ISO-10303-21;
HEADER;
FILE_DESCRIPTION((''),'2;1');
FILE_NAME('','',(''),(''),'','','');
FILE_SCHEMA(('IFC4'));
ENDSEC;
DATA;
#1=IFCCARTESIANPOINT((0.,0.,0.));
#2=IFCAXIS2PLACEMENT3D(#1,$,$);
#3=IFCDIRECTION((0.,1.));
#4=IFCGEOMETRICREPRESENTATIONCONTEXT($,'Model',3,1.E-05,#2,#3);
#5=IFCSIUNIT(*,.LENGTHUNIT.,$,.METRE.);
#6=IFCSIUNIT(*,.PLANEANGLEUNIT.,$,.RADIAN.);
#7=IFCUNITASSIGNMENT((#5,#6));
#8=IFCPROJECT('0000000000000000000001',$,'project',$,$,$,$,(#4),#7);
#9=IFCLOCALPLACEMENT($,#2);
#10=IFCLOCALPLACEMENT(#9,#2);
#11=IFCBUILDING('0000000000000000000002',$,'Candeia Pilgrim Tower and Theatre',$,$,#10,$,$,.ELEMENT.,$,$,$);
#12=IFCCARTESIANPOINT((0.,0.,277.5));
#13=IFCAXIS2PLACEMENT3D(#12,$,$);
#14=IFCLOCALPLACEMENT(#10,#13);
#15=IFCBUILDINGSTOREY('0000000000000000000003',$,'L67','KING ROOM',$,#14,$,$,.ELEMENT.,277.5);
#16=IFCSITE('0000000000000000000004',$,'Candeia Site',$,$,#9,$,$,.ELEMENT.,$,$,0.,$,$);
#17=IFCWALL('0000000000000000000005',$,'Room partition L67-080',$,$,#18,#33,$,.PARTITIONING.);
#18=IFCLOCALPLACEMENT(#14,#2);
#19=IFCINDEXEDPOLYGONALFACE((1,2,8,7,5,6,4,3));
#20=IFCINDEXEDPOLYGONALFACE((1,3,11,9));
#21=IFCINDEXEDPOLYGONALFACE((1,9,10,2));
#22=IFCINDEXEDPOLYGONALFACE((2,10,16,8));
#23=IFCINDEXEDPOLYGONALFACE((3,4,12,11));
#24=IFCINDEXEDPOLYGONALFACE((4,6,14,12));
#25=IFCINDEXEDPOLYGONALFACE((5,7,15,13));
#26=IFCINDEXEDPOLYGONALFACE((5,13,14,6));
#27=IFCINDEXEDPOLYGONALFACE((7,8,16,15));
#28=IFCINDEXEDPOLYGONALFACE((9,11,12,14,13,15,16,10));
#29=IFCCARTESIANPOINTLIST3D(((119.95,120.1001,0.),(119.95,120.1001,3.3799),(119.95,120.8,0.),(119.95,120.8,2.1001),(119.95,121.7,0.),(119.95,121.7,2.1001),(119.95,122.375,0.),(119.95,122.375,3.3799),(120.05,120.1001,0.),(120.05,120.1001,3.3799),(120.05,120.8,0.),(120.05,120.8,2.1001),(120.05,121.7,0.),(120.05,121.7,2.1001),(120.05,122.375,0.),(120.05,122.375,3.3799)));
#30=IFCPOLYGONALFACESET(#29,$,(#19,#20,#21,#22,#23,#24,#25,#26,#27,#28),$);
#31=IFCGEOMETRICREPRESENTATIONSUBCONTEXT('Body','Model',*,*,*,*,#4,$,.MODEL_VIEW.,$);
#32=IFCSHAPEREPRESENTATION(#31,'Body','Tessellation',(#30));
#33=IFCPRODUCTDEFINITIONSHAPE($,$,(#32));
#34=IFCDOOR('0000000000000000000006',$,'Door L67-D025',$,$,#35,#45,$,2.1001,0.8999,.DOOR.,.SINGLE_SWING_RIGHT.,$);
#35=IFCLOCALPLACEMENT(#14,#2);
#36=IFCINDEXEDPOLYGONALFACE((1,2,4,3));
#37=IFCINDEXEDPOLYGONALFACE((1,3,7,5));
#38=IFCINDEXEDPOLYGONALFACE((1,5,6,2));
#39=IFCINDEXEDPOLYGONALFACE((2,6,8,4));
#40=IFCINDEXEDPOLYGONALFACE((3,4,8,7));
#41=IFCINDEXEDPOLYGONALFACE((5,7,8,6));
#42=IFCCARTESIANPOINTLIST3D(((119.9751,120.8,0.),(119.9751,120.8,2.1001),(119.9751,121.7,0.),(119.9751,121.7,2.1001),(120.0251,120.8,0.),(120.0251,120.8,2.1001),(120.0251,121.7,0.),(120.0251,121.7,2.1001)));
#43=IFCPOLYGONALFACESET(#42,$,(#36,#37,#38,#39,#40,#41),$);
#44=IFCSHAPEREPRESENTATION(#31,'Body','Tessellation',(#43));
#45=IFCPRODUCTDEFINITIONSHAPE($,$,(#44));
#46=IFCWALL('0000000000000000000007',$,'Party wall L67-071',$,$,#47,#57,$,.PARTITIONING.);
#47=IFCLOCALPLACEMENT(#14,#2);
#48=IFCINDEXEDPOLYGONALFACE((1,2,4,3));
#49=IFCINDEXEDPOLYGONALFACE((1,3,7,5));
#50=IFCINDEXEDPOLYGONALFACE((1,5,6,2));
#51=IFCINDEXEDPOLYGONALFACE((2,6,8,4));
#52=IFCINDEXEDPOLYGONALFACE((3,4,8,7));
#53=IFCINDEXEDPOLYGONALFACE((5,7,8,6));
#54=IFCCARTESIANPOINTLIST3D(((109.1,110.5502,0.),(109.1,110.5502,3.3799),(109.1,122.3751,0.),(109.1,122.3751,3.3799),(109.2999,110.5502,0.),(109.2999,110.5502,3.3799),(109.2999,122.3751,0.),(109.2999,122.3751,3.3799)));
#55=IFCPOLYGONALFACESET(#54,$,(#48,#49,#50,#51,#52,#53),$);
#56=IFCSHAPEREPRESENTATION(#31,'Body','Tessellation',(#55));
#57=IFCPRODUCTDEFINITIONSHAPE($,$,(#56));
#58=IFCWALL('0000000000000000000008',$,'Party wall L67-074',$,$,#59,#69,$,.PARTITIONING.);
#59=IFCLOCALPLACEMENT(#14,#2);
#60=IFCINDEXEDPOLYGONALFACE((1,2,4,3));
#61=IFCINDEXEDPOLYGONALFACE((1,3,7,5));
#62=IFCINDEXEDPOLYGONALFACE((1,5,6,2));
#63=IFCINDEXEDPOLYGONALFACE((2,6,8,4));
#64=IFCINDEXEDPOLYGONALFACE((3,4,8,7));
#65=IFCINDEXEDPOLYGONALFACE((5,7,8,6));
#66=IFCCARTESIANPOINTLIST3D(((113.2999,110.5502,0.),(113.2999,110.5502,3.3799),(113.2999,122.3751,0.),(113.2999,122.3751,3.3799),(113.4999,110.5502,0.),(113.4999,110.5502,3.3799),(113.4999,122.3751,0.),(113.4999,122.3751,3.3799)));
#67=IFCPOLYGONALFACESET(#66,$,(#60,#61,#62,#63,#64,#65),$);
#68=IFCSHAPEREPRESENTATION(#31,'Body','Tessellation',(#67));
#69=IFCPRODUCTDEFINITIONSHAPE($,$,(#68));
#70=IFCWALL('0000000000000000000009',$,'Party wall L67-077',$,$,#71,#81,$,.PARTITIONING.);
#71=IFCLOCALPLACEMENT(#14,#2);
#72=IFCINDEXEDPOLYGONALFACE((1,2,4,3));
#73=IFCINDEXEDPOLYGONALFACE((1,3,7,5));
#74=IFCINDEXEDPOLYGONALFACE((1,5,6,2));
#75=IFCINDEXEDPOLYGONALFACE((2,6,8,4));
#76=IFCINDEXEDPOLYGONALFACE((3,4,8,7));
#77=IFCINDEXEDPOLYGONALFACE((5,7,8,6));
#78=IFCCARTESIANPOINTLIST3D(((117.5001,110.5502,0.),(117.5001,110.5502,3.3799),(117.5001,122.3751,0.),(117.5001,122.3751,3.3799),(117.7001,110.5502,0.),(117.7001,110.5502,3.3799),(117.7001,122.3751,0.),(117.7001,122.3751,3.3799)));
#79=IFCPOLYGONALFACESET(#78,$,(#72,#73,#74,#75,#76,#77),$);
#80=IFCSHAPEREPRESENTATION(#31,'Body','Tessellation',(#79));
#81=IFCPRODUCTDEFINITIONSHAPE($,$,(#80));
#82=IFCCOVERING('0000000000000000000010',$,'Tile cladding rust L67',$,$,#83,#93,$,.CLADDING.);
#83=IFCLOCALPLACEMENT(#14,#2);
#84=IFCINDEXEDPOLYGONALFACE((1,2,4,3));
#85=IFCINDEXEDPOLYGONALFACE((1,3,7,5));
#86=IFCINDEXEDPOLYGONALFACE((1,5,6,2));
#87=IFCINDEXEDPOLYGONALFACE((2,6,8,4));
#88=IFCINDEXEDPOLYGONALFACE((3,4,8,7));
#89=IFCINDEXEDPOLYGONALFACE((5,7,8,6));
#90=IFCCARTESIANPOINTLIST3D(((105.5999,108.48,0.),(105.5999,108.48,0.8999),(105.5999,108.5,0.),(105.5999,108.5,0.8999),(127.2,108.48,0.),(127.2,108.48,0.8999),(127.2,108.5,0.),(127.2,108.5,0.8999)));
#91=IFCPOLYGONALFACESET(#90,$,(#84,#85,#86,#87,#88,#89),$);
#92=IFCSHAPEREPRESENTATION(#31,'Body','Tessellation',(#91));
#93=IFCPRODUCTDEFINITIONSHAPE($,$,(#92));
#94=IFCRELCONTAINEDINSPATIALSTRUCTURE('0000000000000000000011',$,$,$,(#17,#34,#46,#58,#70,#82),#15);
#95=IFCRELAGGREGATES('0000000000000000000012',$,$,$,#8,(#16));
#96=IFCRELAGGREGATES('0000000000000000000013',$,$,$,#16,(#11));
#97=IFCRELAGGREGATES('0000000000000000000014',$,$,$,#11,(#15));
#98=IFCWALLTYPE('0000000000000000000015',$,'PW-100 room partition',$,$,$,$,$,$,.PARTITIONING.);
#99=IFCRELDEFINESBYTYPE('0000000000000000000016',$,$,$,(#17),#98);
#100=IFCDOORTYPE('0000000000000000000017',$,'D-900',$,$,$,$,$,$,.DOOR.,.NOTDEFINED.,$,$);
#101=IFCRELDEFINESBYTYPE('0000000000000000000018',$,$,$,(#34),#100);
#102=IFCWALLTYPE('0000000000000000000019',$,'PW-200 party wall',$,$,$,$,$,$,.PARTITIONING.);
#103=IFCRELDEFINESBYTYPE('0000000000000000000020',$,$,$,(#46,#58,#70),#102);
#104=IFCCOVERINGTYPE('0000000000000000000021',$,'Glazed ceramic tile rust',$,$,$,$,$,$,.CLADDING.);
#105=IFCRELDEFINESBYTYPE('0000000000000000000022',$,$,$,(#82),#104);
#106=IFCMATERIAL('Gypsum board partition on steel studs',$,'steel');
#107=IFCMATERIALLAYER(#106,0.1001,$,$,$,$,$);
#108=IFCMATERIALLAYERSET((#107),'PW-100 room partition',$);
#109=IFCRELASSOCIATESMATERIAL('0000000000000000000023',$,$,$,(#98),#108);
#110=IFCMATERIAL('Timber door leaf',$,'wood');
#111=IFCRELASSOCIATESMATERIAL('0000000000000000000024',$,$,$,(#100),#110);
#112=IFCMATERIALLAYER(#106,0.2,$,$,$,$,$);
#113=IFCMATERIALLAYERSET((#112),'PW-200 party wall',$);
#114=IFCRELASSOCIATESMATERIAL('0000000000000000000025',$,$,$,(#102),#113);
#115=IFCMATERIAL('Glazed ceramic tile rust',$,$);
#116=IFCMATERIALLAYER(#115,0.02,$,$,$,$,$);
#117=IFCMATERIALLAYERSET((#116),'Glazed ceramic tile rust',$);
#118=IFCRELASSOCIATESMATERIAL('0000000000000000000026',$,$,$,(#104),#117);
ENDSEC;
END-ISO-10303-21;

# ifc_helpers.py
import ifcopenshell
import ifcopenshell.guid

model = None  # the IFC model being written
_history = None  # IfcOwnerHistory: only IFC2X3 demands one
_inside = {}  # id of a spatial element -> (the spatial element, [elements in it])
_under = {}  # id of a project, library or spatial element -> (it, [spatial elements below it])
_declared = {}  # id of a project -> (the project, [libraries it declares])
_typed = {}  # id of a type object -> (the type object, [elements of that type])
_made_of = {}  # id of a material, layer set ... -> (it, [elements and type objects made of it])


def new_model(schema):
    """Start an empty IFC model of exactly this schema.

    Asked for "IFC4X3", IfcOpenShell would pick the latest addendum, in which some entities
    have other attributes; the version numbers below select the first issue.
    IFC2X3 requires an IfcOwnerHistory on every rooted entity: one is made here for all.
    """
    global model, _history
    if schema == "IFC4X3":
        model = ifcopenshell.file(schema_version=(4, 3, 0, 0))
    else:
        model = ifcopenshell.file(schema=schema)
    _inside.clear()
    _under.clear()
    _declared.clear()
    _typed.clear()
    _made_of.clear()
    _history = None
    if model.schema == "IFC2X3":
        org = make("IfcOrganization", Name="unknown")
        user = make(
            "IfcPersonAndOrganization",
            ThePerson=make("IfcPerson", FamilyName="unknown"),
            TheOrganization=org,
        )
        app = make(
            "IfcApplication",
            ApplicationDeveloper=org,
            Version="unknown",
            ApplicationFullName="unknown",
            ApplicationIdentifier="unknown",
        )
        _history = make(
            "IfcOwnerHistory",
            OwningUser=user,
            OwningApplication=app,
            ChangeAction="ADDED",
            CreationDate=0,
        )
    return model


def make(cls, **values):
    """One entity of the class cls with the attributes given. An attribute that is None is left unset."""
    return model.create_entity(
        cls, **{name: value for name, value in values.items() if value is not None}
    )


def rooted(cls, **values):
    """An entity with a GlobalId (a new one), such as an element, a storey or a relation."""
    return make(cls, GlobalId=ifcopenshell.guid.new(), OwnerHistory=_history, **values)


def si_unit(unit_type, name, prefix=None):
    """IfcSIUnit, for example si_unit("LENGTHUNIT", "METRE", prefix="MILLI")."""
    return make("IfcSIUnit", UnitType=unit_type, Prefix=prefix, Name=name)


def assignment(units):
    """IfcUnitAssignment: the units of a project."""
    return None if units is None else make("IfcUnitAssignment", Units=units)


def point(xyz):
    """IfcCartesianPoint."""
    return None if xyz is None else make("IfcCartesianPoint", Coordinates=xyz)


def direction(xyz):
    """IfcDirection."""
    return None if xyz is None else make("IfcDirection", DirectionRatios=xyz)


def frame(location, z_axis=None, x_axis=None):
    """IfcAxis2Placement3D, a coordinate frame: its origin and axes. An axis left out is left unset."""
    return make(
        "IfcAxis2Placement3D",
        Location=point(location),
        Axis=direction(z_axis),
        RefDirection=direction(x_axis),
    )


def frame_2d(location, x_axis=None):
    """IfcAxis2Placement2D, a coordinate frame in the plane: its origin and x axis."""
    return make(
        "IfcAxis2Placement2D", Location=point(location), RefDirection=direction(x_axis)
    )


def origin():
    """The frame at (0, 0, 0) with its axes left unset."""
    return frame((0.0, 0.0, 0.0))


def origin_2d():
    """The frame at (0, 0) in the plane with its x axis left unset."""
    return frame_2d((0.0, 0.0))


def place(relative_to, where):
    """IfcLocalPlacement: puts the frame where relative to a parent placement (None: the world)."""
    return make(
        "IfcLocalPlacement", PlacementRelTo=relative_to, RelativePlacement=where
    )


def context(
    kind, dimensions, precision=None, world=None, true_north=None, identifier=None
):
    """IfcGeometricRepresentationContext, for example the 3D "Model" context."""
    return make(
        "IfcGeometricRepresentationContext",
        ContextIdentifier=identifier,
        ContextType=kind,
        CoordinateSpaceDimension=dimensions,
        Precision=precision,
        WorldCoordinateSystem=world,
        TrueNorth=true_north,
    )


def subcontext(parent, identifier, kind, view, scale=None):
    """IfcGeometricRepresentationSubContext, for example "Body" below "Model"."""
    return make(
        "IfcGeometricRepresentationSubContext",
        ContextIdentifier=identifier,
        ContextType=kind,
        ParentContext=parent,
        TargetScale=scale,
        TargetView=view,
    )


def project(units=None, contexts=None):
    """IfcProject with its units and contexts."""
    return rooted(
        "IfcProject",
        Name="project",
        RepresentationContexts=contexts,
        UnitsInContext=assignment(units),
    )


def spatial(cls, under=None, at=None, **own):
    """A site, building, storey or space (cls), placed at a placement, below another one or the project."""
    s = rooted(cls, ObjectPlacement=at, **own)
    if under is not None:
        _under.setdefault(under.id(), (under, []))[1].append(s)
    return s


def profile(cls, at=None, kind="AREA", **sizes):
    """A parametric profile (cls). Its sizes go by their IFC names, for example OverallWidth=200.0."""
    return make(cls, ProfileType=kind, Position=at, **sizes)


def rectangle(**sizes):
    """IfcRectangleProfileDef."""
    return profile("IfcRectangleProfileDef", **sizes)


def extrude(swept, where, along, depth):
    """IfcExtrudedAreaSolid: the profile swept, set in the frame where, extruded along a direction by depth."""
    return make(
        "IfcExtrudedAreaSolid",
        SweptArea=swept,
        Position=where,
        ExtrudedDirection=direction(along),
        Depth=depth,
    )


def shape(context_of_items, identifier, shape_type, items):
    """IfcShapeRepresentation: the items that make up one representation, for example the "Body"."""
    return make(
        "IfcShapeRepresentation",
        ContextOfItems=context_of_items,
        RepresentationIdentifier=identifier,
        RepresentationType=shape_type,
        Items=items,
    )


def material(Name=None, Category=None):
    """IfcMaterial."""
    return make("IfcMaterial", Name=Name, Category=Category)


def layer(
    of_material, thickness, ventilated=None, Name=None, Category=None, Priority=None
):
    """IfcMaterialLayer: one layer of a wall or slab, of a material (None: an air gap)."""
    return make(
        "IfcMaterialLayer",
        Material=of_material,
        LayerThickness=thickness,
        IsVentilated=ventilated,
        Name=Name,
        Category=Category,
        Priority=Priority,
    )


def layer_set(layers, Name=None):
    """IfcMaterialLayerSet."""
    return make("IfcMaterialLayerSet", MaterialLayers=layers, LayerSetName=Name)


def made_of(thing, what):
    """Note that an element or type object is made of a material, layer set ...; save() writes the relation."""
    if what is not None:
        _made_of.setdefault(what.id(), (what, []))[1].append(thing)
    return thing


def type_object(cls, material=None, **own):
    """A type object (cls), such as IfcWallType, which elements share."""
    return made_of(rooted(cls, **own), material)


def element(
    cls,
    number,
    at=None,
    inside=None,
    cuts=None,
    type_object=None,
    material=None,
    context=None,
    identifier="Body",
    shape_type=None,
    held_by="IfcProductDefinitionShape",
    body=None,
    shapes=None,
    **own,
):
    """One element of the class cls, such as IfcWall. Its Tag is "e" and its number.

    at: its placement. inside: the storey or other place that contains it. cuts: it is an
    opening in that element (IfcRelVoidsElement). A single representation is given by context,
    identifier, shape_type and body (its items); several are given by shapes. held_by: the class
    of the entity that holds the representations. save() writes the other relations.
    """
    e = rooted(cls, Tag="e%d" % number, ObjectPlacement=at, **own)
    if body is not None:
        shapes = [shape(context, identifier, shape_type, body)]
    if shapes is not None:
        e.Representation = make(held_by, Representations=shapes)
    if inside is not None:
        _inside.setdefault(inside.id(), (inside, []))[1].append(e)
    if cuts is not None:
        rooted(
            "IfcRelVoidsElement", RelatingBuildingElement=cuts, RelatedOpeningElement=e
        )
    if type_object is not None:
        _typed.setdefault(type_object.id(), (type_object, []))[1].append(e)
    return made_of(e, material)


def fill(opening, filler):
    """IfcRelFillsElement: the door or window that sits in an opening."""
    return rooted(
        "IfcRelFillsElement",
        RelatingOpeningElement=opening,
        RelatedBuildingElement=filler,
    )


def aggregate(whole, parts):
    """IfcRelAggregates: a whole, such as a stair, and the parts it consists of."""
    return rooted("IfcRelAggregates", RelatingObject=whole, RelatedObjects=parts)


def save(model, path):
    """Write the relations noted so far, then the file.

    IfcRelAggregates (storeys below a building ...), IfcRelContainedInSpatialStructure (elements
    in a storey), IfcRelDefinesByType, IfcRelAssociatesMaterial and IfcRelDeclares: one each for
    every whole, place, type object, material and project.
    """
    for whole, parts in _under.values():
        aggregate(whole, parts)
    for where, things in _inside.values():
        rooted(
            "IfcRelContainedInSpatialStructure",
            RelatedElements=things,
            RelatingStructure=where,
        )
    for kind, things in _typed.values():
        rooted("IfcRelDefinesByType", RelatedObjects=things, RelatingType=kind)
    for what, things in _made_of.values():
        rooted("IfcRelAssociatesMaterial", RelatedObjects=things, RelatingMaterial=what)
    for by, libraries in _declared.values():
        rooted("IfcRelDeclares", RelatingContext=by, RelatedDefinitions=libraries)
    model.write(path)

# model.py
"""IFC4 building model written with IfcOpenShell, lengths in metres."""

from ifc_helpers import new_model, si_unit, direction, frame, frame_2d, origin, origin_2d, place, context, subcontext, project, spatial, rectangle, extrude, material, layer, layer_set, type_object, element, fill, save


model = new_model("IFC4")

# Units and contexts
model_context = context("Model", 3, precision=1e-05, world=origin(), true_north=direction((0.0, 1.0)))
body_context = subcontext(model_context, "Body", "Model", "MODEL_VIEW")
ifc_project = project(units=[si_unit("LENGTHUNIT", "METRE"), si_unit("PLANEANGLEUNIT", "RADIAN")], contexts=[model_context])

# Site, building, storey
site_placement = place(None, origin())
site = spatial("IfcSite", under=ifc_project, at=site_placement, Name="Candeia Site", CompositionType="ELEMENT", RefElevation=0.0)
building_placement = place(site_placement, origin())
building = spatial("IfcBuilding", under=site, at=building_placement, Name="Candeia Pilgrim Tower and Theatre", CompositionType="ELEMENT")
storey_placement = place(building_placement, frame((0.0, 0.0, 277.5)))
storey = spatial("IfcBuildingStorey", under=building, at=storey_placement, Name="L67", Description="KING ROOM", CompositionType="ELEMENT", Elevation=277.5)

# Shared definitions
ifc_material_1 = material(Name="Gypsum board partition on steel studs", Category="steel")
ifc_layer_1 = layer(ifc_material_1, 0.1001)
ifc_layer_set_1 = layer_set([ifc_layer_1], Name="PW-100 room partition")
wall_type_1 = type_object("IfcWallType", Name="PW-100 room partition", PredefinedType="PARTITIONING", material=ifc_layer_set_1)

# Wall, opening, door
ifc_material_2 = material(Name="Timber door leaf", Category="wood")
wall_1_placement = place(storey_placement, frame((120.0, 120.1001, 0.0), z_axis=(0.0, 0.0, 1.0), x_axis=(0.0, 1.0, 0.0)))
wall_1 = element("IfcWall", 1, at=wall_1_placement, inside=storey, type_object=wall_type_1, Name="Room partition L67-080", PredefinedType="PARTITIONING", context=body_context, shape_type="SweptSolid", body=[
    extrude(rectangle(XDim=2.2749, YDim=0.1001, at=frame_2d((1.1375, 0.0))), origin(), (0.0, 0.0, 1.0), 3.3799),
])
opening_1_placement = place(wall_1_placement, frame((0.7, 0.0, 0.0)))
opening_1 = element("IfcOpeningElement", 2, at=opening_1_placement, cuts=wall_1, PredefinedType="OPENING", context=body_context, shape_type="SweptSolid", body=[
    extrude(rectangle(XDim=0.8999, YDim=2.1001, at=frame_2d((0.45, 1.05))), frame((0.0, 0.0601, 0.0), z_axis=(0.0, -1.0, 0.0), x_axis=(1.0, 0.0, 0.0)), (0.0, 0.0, 1.0), 0.1201),
])
door_type_1 = type_object("IfcDoorType", Name="D-900", OperationType="NOTDEFINED", PredefinedType="DOOR", material=ifc_material_2)
door_1_placement = place(opening_1_placement, origin())
door_1 = element("IfcDoor", 3, at=door_1_placement, inside=storey, type_object=door_type_1, Name="Door L67-D025", OperationType="SINGLE_SWING_RIGHT", OverallHeight=2.1001, OverallWidth=0.8999, PredefinedType="DOOR", context=body_context, shape_type="SweptSolid", body=[
    extrude(rectangle(XDim=0.8999, YDim=2.1001, at=frame_2d((0.45, 1.05))), frame((0.0, 0.0249, 0.0), z_axis=(0.0, -1.0, 0.0), x_axis=(1.0, 0.0, 0.0)), (0.0, 0.0, 1.0), 0.05),
])
fill(opening_1, door_1)

# Walls
ifc_layer_2 = layer(ifc_material_1, 0.2)
ifc_layer_set_2 = layer_set([ifc_layer_2], Name="PW-200 party wall")
wall_type_2 = type_object("IfcWallType", Name="PW-200 party wall", PredefinedType="PARTITIONING", material=ifc_layer_set_2)
for number, where, z_axis, x_axis, name in (
    (4, (109.2, 110.55, 0.0), (0.0, 0.0, 1.0), (0.0, 1.0, 0.0), "Party wall L67-071"),
    (5, (113.3999, 110.55, 0.0), (0.0, 0.0, 1.0), (0.0, 1.0, 0.0), "Party wall L67-074"),
    (6, (117.6001, 110.55, 0.0), (0.0, 0.0, 1.0), (0.0, 1.0, 0.0), "Party wall L67-077"),
):
    element("IfcWall", number, at=place(storey_placement, frame(where, z_axis=z_axis, x_axis=x_axis)), inside=storey, type_object=wall_type_2, Name=name, PredefinedType="PARTITIONING", context=body_context, shape_type="SweptSolid", body=[
        extrude(rectangle(XDim=11.825, YDim=0.2, at=frame_2d((5.9126, 0.0))), origin(), (0.0, 0.0, 1.0), 3.3799),
    ])

# Covering
ifc_material_3 = material(Name="Glazed ceramic tile rust")
ifc_layer_3 = layer(ifc_material_3, 0.02)
ifc_layer_set_3 = layer_set([ifc_layer_3], Name="Glazed ceramic tile rust")
covering_type = type_object("IfcCoveringType", Name="Glazed ceramic tile rust", PredefinedType="CLADDING", material=ifc_layer_set_3)
covering_placement = place(storey_placement, frame((116.3999, 108.49, 0.0), z_axis=(0.0, 0.0, 1.0), x_axis=(1.0, 0.0, 0.0)))
element("IfcCovering", 7, at=covering_placement, inside=storey, type_object=covering_type, Name="Tile cladding rust L67", PredefinedType="CLADDING", context=body_context, shape_type="SweptSolid", body=[
    extrude(rectangle(XDim=21.6001, YDim=0.02, at=origin_2d()), origin(), (0.0, 0.0, 1.0), 0.8999),
])

save(model, "model.ifc")
